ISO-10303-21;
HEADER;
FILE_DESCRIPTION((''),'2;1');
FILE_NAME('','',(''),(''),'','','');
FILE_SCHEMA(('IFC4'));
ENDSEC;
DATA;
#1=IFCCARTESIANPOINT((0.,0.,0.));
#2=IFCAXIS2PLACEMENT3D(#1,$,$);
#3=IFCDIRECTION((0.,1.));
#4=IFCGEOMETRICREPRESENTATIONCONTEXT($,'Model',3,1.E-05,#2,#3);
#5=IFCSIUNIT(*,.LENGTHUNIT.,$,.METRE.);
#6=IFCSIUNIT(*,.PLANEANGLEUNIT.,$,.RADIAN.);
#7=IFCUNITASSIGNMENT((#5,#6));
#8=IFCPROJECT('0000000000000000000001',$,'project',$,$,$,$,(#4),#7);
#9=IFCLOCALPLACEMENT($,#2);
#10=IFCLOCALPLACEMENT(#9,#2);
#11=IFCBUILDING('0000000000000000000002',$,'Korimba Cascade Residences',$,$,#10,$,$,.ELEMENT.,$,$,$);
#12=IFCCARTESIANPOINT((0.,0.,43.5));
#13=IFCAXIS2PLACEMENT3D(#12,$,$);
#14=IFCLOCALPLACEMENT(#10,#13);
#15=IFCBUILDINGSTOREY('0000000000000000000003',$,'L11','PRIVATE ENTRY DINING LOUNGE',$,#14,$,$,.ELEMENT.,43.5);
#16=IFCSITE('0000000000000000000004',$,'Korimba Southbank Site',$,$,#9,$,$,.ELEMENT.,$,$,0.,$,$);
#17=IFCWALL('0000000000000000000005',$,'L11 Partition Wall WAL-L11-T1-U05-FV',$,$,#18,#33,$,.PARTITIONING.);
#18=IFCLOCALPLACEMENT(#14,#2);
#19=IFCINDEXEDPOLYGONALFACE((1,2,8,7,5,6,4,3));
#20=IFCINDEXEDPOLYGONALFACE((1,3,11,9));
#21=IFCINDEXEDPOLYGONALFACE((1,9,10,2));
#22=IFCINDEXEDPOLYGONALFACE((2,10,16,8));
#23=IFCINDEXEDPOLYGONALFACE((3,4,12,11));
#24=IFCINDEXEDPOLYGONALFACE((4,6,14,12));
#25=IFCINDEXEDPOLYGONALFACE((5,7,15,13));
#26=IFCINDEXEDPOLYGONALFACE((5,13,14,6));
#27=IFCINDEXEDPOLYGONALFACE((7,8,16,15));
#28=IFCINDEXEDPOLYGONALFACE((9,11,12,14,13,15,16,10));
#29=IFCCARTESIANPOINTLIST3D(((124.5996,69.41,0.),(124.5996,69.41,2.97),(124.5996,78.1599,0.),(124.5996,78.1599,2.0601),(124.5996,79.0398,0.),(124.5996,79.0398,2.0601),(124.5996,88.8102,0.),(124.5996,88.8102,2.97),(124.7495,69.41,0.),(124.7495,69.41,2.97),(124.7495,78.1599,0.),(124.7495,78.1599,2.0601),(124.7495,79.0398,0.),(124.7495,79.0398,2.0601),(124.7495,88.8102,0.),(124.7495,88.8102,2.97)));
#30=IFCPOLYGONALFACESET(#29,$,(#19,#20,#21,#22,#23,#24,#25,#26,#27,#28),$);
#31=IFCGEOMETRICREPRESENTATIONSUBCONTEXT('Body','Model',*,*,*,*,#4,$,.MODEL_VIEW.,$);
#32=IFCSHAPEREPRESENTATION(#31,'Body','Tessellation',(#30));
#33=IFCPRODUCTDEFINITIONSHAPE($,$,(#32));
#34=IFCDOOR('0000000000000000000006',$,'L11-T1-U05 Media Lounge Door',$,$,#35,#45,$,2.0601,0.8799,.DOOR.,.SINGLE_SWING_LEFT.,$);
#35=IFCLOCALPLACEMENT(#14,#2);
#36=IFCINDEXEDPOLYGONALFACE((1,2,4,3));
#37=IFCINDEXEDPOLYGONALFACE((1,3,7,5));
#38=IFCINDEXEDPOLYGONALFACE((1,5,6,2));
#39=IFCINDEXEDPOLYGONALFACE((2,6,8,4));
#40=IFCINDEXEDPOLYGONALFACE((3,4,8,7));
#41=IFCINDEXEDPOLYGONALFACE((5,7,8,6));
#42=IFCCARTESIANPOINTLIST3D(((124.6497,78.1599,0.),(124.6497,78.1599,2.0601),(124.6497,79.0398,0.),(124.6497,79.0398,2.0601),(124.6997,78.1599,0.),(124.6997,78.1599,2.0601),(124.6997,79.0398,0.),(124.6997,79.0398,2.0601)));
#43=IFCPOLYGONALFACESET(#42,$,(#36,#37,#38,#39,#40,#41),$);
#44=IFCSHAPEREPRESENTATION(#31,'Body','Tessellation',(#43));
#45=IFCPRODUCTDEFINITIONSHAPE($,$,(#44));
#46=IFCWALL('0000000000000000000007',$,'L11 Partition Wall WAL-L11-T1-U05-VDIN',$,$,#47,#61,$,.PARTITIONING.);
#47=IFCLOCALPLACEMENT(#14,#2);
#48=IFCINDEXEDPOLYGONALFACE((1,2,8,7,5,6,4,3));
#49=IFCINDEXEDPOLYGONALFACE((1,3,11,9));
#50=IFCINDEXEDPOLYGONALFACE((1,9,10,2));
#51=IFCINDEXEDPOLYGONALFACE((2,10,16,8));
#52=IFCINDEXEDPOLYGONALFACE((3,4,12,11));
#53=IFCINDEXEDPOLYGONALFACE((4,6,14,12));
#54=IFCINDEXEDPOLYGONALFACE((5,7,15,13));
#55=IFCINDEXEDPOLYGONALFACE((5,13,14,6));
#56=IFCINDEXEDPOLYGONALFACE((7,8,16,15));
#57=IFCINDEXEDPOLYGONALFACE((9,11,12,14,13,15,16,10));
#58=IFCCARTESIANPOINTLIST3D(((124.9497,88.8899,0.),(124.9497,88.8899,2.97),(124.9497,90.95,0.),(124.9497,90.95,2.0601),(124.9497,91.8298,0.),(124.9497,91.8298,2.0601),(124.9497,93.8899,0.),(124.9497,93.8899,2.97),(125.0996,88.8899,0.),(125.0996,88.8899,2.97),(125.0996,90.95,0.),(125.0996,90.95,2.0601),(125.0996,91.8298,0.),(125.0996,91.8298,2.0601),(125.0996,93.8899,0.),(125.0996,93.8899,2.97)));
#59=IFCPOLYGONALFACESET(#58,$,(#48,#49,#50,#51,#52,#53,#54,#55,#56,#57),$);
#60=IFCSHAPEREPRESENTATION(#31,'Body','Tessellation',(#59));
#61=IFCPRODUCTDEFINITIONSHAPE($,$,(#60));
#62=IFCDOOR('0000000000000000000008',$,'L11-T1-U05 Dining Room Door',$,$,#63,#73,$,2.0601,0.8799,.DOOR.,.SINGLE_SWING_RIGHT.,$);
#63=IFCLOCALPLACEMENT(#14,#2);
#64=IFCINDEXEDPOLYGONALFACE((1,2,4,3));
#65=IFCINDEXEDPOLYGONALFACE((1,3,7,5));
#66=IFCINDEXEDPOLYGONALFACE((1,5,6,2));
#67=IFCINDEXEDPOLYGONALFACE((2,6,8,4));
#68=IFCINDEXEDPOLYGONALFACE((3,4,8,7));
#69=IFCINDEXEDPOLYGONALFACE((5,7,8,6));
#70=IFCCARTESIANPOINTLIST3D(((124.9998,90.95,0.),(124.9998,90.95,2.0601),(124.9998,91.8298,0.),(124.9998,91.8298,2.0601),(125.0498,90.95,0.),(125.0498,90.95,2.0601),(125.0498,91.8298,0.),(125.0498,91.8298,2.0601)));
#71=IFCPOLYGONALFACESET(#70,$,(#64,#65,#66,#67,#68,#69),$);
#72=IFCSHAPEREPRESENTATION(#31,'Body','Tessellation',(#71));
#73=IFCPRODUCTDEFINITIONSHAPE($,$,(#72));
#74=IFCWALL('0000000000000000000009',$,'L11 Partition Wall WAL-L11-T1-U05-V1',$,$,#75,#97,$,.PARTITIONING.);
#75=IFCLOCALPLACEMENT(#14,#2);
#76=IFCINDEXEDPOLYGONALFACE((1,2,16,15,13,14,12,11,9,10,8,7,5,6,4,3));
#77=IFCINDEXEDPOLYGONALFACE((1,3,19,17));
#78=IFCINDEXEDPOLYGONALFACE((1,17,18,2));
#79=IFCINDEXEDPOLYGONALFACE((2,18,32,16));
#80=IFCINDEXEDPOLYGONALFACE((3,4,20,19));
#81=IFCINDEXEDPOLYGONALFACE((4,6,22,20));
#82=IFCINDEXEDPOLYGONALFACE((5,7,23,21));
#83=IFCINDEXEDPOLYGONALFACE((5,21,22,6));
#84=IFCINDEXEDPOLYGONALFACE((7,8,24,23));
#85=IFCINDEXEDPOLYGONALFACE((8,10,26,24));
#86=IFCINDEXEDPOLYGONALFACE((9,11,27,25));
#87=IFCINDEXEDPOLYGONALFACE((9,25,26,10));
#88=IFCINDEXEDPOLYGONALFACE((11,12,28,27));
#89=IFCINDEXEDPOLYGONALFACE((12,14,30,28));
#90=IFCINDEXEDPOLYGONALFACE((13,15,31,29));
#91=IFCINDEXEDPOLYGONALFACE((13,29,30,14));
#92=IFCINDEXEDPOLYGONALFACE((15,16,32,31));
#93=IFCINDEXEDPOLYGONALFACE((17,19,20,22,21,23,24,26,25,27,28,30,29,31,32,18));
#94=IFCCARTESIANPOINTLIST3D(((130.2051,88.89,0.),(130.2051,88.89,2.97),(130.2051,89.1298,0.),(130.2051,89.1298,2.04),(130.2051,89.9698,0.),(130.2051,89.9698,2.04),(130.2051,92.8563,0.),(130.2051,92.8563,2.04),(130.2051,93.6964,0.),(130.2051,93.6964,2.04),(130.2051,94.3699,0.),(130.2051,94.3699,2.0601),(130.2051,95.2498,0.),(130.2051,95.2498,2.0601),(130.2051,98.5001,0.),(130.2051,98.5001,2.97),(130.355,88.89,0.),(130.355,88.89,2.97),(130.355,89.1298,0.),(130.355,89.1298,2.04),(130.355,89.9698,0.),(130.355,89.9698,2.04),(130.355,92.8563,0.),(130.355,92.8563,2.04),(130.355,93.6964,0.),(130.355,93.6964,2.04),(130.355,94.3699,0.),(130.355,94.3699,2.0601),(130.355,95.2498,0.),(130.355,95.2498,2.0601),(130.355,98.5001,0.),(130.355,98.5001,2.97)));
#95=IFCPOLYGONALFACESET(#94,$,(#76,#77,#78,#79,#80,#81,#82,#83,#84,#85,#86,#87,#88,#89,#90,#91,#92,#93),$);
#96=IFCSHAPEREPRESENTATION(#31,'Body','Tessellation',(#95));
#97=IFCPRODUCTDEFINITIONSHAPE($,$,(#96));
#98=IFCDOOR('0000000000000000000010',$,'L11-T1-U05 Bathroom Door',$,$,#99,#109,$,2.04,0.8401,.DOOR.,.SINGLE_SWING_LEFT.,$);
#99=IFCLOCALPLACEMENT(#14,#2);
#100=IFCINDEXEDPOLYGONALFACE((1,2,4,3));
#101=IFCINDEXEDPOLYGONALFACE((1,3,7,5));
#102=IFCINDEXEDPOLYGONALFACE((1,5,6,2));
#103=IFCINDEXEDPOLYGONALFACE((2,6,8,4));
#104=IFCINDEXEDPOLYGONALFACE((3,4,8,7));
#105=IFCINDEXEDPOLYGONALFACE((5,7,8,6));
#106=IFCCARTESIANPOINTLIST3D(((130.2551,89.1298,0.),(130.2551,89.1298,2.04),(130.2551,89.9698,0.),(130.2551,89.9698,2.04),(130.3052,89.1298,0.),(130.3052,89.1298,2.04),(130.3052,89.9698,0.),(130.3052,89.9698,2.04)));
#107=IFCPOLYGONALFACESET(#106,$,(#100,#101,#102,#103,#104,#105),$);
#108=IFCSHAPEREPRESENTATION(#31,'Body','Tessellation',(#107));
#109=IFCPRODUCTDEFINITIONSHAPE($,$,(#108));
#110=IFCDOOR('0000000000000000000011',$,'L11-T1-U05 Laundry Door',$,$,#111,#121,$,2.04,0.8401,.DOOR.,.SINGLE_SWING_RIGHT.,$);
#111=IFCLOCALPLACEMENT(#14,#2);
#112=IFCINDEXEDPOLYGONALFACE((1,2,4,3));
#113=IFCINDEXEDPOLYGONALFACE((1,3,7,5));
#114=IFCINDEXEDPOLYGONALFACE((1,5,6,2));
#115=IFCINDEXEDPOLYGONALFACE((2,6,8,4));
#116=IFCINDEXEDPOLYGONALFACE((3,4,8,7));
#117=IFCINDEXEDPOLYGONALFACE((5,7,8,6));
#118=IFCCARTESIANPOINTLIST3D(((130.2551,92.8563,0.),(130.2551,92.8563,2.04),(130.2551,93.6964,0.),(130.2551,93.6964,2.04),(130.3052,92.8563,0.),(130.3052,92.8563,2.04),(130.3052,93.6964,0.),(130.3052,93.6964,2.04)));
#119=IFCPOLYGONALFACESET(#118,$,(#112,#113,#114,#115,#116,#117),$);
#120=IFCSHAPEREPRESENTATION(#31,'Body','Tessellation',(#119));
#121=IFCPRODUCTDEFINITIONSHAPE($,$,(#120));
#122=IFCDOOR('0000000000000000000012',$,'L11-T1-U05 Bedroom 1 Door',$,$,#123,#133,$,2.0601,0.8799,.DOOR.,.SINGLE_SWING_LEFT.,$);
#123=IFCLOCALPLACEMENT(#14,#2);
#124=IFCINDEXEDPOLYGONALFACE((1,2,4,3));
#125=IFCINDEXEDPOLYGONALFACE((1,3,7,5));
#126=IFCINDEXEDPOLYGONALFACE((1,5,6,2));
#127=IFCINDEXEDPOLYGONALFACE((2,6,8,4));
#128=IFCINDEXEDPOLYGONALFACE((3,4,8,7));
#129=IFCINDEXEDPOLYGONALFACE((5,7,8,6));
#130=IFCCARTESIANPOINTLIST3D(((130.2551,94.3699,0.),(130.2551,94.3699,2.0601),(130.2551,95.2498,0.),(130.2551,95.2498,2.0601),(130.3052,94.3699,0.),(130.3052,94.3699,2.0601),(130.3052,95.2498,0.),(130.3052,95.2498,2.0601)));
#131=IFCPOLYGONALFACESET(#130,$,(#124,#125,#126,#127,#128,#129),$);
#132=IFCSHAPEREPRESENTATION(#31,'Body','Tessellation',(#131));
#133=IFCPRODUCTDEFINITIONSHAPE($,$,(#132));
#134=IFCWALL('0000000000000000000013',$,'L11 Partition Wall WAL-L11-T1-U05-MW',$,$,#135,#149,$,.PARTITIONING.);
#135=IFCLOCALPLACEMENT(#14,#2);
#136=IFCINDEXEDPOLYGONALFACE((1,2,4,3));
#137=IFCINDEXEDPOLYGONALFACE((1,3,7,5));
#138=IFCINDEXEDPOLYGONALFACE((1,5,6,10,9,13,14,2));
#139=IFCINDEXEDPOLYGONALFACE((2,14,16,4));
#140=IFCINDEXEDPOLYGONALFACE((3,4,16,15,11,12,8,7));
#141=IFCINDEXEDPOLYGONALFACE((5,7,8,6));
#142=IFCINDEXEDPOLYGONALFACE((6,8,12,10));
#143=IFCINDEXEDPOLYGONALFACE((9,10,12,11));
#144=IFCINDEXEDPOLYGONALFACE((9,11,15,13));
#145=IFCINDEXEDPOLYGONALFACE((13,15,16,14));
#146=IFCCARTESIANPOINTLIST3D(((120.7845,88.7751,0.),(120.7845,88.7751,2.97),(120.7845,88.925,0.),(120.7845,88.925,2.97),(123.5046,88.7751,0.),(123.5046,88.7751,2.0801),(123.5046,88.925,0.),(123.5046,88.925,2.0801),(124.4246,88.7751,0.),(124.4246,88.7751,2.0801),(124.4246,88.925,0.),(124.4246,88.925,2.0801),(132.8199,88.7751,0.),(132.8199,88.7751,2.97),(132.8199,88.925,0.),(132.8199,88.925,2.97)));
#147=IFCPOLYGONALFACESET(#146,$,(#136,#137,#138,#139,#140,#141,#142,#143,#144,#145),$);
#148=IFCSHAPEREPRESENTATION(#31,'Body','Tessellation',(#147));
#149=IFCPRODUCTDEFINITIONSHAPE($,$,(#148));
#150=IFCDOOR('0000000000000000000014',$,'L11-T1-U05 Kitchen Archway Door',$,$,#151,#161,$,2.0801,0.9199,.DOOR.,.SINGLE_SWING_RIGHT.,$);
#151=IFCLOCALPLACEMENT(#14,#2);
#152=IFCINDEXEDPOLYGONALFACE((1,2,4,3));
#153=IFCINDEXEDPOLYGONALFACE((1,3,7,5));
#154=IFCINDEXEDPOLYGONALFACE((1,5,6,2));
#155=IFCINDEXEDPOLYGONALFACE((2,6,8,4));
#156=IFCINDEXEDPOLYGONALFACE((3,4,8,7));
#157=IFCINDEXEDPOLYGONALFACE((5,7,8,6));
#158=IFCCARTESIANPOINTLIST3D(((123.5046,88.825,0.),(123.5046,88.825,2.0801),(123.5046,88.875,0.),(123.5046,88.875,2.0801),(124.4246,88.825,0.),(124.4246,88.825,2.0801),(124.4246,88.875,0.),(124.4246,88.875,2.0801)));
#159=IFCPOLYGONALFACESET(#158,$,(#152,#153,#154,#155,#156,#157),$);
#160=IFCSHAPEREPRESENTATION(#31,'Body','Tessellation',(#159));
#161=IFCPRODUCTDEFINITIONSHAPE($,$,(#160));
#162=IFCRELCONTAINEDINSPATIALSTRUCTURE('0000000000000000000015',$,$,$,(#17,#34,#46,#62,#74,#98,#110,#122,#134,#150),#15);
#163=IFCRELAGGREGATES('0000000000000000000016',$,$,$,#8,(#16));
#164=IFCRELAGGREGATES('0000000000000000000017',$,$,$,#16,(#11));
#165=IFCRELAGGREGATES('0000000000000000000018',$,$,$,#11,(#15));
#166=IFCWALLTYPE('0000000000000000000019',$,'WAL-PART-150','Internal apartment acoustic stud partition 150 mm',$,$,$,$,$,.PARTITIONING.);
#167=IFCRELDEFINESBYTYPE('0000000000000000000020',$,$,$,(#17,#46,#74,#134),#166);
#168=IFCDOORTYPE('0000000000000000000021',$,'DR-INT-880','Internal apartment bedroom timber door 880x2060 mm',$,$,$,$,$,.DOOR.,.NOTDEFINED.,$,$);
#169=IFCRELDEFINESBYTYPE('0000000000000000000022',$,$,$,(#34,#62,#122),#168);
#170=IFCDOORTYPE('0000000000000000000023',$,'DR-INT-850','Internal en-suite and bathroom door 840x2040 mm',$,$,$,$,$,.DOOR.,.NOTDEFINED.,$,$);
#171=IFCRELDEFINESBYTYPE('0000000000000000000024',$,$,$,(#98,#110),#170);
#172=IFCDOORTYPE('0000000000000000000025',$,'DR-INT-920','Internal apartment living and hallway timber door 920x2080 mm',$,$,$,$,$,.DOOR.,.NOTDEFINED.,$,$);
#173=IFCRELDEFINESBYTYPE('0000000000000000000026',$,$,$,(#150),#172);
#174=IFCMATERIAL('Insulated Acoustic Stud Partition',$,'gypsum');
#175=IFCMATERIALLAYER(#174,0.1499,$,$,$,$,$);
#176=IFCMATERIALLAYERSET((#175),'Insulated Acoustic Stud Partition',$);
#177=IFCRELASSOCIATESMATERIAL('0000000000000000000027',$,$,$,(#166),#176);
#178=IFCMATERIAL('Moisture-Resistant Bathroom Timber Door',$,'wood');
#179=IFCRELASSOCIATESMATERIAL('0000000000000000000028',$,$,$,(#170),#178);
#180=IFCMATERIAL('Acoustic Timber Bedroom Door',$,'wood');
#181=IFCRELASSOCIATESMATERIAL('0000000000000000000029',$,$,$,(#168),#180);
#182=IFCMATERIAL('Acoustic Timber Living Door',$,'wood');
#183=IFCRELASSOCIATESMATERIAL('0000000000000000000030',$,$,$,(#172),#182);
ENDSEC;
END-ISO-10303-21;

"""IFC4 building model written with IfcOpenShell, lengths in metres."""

from ifc_helpers import new_model, si_unit, direction, frame, frame_2d, origin, place, context, subcontext, project, spatial, rectangle, extrude, material, layer, layer_set, type_object, element, fill, save


model = new_model("IFC4")

# Units and contexts
model_context = context("Model", 3, precision=1e-05, world=origin(), true_north=direction((0.0, 1.0)))
body_context = subcontext(model_context, "Body", "Model", "MODEL_VIEW")
ifc_project = project(units=[si_unit("LENGTHUNIT", "METRE"), si_unit("PLANEANGLEUNIT", "RADIAN")], contexts=[model_context])

# Site, building, storey
site_placement = place(None, origin())
site = spatial("IfcSite", under=ifc_project, at=site_placement, Name="Korimba Southbank Site", CompositionType="ELEMENT", RefElevation=0.0)
building_placement = place(site_placement, origin())
building = spatial("IfcBuilding", under=site, at=building_placement, Name="Korimba Cascade Residences", CompositionType="ELEMENT")
storey_placement = place(building_placement, frame((0.0, 0.0, 43.5)))
storey = spatial("IfcBuildingStorey", under=building, at=storey_placement, Name="L11", Description="PRIVATE ENTRY DINING LOUNGE", CompositionType="ELEMENT", Elevation=43.5)

# Walls, openings, doors
ifc_material_1 = material(Name="Insulated Acoustic Stud Partition", Category="gypsum")
ifc_layer_1 = layer(ifc_material_1, 0.1499)
ifc_layer_set_1 = layer_set([ifc_layer_1], Name="Insulated Acoustic Stud Partition")
wall_type_1 = type_object("IfcWallType", Name="WAL-PART-150", Description="Internal apartment acoustic stud partition 150 mm", PredefinedType="PARTITIONING", material=ifc_layer_set_1)
ifc_material_2 = material(Name="Moisture-Resistant Bathroom Timber Door", Category="wood")
door_type_1 = type_object("IfcDoorType", Name="DR-INT-850", Description="Internal en-suite and bathroom door 840x2040 mm", OperationType="NOTDEFINED", PredefinedType="DOOR", material=ifc_material_2)
ifc_material_3 = material(Name="Acoustic Timber Bedroom Door", Category="wood")
door_type_2 = type_object("IfcDoorType", Name="DR-INT-880", Description="Internal apartment bedroom timber door 880x2060 mm", OperationType="NOTDEFINED", PredefinedType="DOOR", material=ifc_material_3)
wall_1_placement = place(storey_placement, frame((124.6746, 69.4099, 0.0), z_axis=(0.0, 0.0, 1.0), x_axis=(0.0, 1.0, 0.0)))
wall_1 = element("IfcWall", 1, at=wall_1_placement, inside=storey, type_object=wall_type_1, Name="L11 Partition Wall WAL-L11-T1-U05-FV", PredefinedType="PARTITIONING", context=body_context, shape_type="SweptSolid", body=[
    extrude(rectangle(XDim=19.4001, YDim=0.1499, at=frame_2d((9.7002, 0.0))), origin(), (0.0, 0.0, 1.0), 2.97),
])
opening_1_placement = place(wall_1_placement, frame((8.75, 0.0, 0.0)))
opening_1 = element("IfcOpeningElement", 2, at=opening_1_placement, cuts=wall_1, PredefinedType="OPENING", context=body_context, shape_type="SweptSolid", body=[
    extrude(rectangle(XDim=0.8799, YDim=2.0601, at=frame_2d((0.4399, 1.03))), frame((0.0, 0.085, 0.0), z_axis=(0.0, -1.0, 0.0), x_axis=(1.0, 0.0, 0.0)), (0.0, 0.0, 1.0), 0.1699),
])
door_1_placement = place(opening_1_placement, origin())
door_1 = element("IfcDoor", 3, at=door_1_placement, inside=storey, type_object=door_type_2, Name="L11-T1-U05 Media Lounge Door", OperationType="SINGLE_SWING_LEFT", OverallHeight=2.0601, OverallWidth=0.8799, PredefinedType="DOOR", context=body_context, shape_type="SweptSolid", body=[
    extrude(rectangle(XDim=0.8799, YDim=2.0601, at=frame_2d((0.4399, 1.03))), frame((0.0, 0.0249, 0.0), z_axis=(0.0, -1.0, 0.0), x_axis=(1.0, 0.0, 0.0)), (0.0, 0.0, 1.0), 0.05),
])
fill(opening_1, door_1)
wall_2_placement = place(storey_placement, frame((125.0247, 88.8899, 0.0), z_axis=(0.0, 0.0, 1.0), x_axis=(0.0, 1.0, 0.0)))
wall_2 = element("IfcWall", 4, at=wall_2_placement, inside=storey, type_object=wall_type_1, Name="L11 Partition Wall WAL-L11-T1-U05-VDIN", PredefinedType="PARTITIONING", context=body_context, shape_type="SweptSolid", body=[
    extrude(rectangle(XDim=5.0, YDim=0.1499, at=frame_2d((2.5, 0.0))), origin(), (0.0, 0.0, 1.0), 2.97),
])
opening_2_placement = place(wall_2_placement, frame((2.0601, 0.0, 0.0)))
opening_2 = element("IfcOpeningElement", 5, at=opening_2_placement, cuts=wall_2, PredefinedType="OPENING", context=body_context, shape_type="SweptSolid", body=[
    extrude(rectangle(XDim=0.8799, YDim=2.0601, at=frame_2d((0.4399, 1.03))), frame((0.0, 0.085, 0.0), z_axis=(0.0, -1.0, 0.0), x_axis=(1.0, 0.0, 0.0)), (0.0, 0.0, 1.0), 0.1699),
])
door_2_placement = place(opening_2_placement, origin())
door_2 = element("IfcDoor", 6, at=door_2_placement, inside=storey, type_object=door_type_2, Name="L11-T1-U05 Dining Room Door", OperationType="SINGLE_SWING_RIGHT", OverallHeight=2.0601, OverallWidth=0.8799, PredefinedType="DOOR", context=body_context, shape_type="SweptSolid", body=[
    extrude(rectangle(XDim=0.8799, YDim=2.0601, at=frame_2d((0.4399, 1.03))), frame((0.0, 0.0249, 0.0), z_axis=(0.0, -1.0, 0.0), x_axis=(1.0, 0.0, 0.0)), (0.0, 0.0, 1.0), 0.05),
])
fill(opening_2, door_2)

# Wall, openings, doors
wall_3_placement = place(storey_placement, frame((130.28, 88.8899, 0.0), z_axis=(0.0, 0.0, 1.0), x_axis=(0.0, 1.0, 0.0)))
wall_3 = element("IfcWall", 7, at=wall_3_placement, inside=storey, type_object=wall_type_1, Name="L11 Partition Wall WAL-L11-T1-U05-V1", PredefinedType="PARTITIONING", context=body_context, shape_type="SweptSolid", body=[
    extrude(rectangle(XDim=9.6101, YDim=0.1499, at=frame_2d((4.8052, 0.0))), origin(), (0.0, 0.0, 1.0), 2.97),
])
opening_3_placement = place(wall_3_placement, frame((0.24, 0.0, 0.0)))
opening_3 = element("IfcOpeningElement", 8, at=opening_3_placement, cuts=wall_3, PredefinedType="OPENING", context=body_context, shape_type="SweptSolid", body=[
    extrude(rectangle(XDim=0.8401, YDim=2.04, at=frame_2d((0.4199, 1.02))), frame((0.0, 0.085, 0.0), z_axis=(0.0, -1.0, 0.0), x_axis=(1.0, 0.0, 0.0)), (0.0, 0.0, 1.0), 0.1699),
])
opening_4_placement = place(wall_3_placement, frame((3.9666, 0.0, 0.0)))
opening_4 = element("IfcOpeningElement", 9, at=opening_4_placement, cuts=wall_3, PredefinedType="OPENING", context=body_context, shape_type="SweptSolid", body=[
    extrude(rectangle(XDim=0.8401, YDim=2.04, at=frame_2d((0.4199, 1.02))), frame((0.0, 0.085, 0.0), z_axis=(0.0, -1.0, 0.0), x_axis=(1.0, 0.0, 0.0)), (0.0, 0.0, 1.0), 0.1699),
])
opening_5_placement = place(wall_3_placement, frame((5.48, 0.0, 0.0)))
opening_5 = element("IfcOpeningElement", 10, at=opening_5_placement, cuts=wall_3, PredefinedType="OPENING", context=body_context, shape_type="SweptSolid", body=[
    extrude(rectangle(XDim=0.8799, YDim=2.0601, at=frame_2d((0.4399, 1.03))), frame((0.0, 0.085, 0.0), z_axis=(0.0, -1.0, 0.0), x_axis=(1.0, 0.0, 0.0)), (0.0, 0.0, 1.0), 0.1699),
])
door_3_placement = place(opening_3_placement, origin())
door_3 = element("IfcDoor", 11, at=door_3_placement, inside=storey, type_object=door_type_1, Name="L11-T1-U05 Bathroom Door", OperationType="SINGLE_SWING_LEFT", OverallHeight=2.04, OverallWidth=0.8401, PredefinedType="DOOR", context=body_context, shape_type="SweptSolid", body=[
    extrude(rectangle(XDim=0.8401, YDim=2.04, at=frame_2d((0.4199, 1.02))), frame((0.0, 0.0249, 0.0), z_axis=(0.0, -1.0, 0.0), x_axis=(1.0, 0.0, 0.0)), (0.0, 0.0, 1.0), 0.05),
])
fill(opening_3, door_3)
door_4_placement = place(opening_4_placement, origin())
door_4 = element("IfcDoor", 12, at=door_4_placement, inside=storey, type_object=door_type_1, Name="L11-T1-U05 Laundry Door", OperationType="SINGLE_SWING_RIGHT", OverallHeight=2.04, OverallWidth=0.8401, PredefinedType="DOOR", context=body_context, shape_type="SweptSolid", body=[
    extrude(rectangle(XDim=0.8401, YDim=2.04, at=frame_2d((0.4199, 1.02))), frame((0.0, 0.0249, 0.0), z_axis=(0.0, -1.0, 0.0), x_axis=(1.0, 0.0, 0.0)), (0.0, 0.0, 1.0), 0.05),
])
fill(opening_4, door_4)
door_5_placement = place(opening_5_placement, origin())
door_5 = element("IfcDoor", 13, at=door_5_placement, inside=storey, type_object=door_type_2, Name="L11-T1-U05 Bedroom 1 Door", OperationType="SINGLE_SWING_LEFT", OverallHeight=2.0601, OverallWidth=0.8799, PredefinedType="DOOR", context=body_context, shape_type="SweptSolid", body=[
    extrude(rectangle(XDim=0.8799, YDim=2.0601, at=frame_2d((0.4399, 1.03))), frame((0.0, 0.0249, 0.0), z_axis=(0.0, -1.0, 0.0), x_axis=(1.0, 0.0, 0.0)), (0.0, 0.0, 1.0), 0.05),
])
fill(opening_5, door_5)

# Wall, opening, door
wall_4_placement = place(storey_placement, frame((120.7847, 88.8501, 0.0), z_axis=(0.0, 0.0, 1.0), x_axis=(1.0, 0.0, 0.0)))
wall_4 = element("IfcWall", 14, at=wall_4_placement, inside=storey, type_object=wall_type_1, Name="L11 Partition Wall WAL-L11-T1-U05-MW", PredefinedType="PARTITIONING", context=body_context, shape_type="SweptSolid", body=[
    extrude(rectangle(XDim=12.0354, YDim=0.1499, at=frame_2d((6.0176, 0.0))), origin(), (0.0, 0.0, 1.0), 2.97),
])
opening_6_placement = place(wall_4_placement, frame((2.72, 0.0, 0.0)))
opening_6 = element("IfcOpeningElement", 15, at=opening_6_placement, cuts=wall_4, PredefinedType="OPENING", context=body_context, shape_type="SweptSolid", body=[
    extrude(rectangle(XDim=0.9199, YDim=2.0801, at=frame_2d((0.46, 1.04))), frame((0.0, 0.085, 0.0), z_axis=(0.0, -1.0, 0.0), x_axis=(1.0, 0.0, 0.0)), (0.0, 0.0, 1.0), 0.1699),
])
ifc_material_4 = material(Name="Acoustic Timber Living Door", Category="wood")
door_type_3 = type_object("IfcDoorType", Name="DR-INT-920", Description="Internal apartment living and hallway timber door 920x2080 mm", OperationType="NOTDEFINED", PredefinedType="DOOR", material=ifc_material_4)
door_6_placement = place(opening_6_placement, origin())
door_6 = element("IfcDoor", 16, at=door_6_placement, inside=storey, type_object=door_type_3, Name="L11-T1-U05 Kitchen Archway Door", OperationType="SINGLE_SWING_RIGHT", OverallHeight=2.0801, OverallWidth=0.9199, PredefinedType="DOOR", context=body_context, shape_type="SweptSolid", body=[
    extrude(rectangle(XDim=0.9199, YDim=2.0801, at=frame_2d((0.46, 1.04))), frame((0.0, 0.0249, 0.0), z_axis=(0.0, -1.0, 0.0), x_axis=(1.0, 0.0, 0.0)), (0.0, 0.0, 1.0), 0.05),
])
fill(opening_6, door_6)

save(model, "model.ifc")
